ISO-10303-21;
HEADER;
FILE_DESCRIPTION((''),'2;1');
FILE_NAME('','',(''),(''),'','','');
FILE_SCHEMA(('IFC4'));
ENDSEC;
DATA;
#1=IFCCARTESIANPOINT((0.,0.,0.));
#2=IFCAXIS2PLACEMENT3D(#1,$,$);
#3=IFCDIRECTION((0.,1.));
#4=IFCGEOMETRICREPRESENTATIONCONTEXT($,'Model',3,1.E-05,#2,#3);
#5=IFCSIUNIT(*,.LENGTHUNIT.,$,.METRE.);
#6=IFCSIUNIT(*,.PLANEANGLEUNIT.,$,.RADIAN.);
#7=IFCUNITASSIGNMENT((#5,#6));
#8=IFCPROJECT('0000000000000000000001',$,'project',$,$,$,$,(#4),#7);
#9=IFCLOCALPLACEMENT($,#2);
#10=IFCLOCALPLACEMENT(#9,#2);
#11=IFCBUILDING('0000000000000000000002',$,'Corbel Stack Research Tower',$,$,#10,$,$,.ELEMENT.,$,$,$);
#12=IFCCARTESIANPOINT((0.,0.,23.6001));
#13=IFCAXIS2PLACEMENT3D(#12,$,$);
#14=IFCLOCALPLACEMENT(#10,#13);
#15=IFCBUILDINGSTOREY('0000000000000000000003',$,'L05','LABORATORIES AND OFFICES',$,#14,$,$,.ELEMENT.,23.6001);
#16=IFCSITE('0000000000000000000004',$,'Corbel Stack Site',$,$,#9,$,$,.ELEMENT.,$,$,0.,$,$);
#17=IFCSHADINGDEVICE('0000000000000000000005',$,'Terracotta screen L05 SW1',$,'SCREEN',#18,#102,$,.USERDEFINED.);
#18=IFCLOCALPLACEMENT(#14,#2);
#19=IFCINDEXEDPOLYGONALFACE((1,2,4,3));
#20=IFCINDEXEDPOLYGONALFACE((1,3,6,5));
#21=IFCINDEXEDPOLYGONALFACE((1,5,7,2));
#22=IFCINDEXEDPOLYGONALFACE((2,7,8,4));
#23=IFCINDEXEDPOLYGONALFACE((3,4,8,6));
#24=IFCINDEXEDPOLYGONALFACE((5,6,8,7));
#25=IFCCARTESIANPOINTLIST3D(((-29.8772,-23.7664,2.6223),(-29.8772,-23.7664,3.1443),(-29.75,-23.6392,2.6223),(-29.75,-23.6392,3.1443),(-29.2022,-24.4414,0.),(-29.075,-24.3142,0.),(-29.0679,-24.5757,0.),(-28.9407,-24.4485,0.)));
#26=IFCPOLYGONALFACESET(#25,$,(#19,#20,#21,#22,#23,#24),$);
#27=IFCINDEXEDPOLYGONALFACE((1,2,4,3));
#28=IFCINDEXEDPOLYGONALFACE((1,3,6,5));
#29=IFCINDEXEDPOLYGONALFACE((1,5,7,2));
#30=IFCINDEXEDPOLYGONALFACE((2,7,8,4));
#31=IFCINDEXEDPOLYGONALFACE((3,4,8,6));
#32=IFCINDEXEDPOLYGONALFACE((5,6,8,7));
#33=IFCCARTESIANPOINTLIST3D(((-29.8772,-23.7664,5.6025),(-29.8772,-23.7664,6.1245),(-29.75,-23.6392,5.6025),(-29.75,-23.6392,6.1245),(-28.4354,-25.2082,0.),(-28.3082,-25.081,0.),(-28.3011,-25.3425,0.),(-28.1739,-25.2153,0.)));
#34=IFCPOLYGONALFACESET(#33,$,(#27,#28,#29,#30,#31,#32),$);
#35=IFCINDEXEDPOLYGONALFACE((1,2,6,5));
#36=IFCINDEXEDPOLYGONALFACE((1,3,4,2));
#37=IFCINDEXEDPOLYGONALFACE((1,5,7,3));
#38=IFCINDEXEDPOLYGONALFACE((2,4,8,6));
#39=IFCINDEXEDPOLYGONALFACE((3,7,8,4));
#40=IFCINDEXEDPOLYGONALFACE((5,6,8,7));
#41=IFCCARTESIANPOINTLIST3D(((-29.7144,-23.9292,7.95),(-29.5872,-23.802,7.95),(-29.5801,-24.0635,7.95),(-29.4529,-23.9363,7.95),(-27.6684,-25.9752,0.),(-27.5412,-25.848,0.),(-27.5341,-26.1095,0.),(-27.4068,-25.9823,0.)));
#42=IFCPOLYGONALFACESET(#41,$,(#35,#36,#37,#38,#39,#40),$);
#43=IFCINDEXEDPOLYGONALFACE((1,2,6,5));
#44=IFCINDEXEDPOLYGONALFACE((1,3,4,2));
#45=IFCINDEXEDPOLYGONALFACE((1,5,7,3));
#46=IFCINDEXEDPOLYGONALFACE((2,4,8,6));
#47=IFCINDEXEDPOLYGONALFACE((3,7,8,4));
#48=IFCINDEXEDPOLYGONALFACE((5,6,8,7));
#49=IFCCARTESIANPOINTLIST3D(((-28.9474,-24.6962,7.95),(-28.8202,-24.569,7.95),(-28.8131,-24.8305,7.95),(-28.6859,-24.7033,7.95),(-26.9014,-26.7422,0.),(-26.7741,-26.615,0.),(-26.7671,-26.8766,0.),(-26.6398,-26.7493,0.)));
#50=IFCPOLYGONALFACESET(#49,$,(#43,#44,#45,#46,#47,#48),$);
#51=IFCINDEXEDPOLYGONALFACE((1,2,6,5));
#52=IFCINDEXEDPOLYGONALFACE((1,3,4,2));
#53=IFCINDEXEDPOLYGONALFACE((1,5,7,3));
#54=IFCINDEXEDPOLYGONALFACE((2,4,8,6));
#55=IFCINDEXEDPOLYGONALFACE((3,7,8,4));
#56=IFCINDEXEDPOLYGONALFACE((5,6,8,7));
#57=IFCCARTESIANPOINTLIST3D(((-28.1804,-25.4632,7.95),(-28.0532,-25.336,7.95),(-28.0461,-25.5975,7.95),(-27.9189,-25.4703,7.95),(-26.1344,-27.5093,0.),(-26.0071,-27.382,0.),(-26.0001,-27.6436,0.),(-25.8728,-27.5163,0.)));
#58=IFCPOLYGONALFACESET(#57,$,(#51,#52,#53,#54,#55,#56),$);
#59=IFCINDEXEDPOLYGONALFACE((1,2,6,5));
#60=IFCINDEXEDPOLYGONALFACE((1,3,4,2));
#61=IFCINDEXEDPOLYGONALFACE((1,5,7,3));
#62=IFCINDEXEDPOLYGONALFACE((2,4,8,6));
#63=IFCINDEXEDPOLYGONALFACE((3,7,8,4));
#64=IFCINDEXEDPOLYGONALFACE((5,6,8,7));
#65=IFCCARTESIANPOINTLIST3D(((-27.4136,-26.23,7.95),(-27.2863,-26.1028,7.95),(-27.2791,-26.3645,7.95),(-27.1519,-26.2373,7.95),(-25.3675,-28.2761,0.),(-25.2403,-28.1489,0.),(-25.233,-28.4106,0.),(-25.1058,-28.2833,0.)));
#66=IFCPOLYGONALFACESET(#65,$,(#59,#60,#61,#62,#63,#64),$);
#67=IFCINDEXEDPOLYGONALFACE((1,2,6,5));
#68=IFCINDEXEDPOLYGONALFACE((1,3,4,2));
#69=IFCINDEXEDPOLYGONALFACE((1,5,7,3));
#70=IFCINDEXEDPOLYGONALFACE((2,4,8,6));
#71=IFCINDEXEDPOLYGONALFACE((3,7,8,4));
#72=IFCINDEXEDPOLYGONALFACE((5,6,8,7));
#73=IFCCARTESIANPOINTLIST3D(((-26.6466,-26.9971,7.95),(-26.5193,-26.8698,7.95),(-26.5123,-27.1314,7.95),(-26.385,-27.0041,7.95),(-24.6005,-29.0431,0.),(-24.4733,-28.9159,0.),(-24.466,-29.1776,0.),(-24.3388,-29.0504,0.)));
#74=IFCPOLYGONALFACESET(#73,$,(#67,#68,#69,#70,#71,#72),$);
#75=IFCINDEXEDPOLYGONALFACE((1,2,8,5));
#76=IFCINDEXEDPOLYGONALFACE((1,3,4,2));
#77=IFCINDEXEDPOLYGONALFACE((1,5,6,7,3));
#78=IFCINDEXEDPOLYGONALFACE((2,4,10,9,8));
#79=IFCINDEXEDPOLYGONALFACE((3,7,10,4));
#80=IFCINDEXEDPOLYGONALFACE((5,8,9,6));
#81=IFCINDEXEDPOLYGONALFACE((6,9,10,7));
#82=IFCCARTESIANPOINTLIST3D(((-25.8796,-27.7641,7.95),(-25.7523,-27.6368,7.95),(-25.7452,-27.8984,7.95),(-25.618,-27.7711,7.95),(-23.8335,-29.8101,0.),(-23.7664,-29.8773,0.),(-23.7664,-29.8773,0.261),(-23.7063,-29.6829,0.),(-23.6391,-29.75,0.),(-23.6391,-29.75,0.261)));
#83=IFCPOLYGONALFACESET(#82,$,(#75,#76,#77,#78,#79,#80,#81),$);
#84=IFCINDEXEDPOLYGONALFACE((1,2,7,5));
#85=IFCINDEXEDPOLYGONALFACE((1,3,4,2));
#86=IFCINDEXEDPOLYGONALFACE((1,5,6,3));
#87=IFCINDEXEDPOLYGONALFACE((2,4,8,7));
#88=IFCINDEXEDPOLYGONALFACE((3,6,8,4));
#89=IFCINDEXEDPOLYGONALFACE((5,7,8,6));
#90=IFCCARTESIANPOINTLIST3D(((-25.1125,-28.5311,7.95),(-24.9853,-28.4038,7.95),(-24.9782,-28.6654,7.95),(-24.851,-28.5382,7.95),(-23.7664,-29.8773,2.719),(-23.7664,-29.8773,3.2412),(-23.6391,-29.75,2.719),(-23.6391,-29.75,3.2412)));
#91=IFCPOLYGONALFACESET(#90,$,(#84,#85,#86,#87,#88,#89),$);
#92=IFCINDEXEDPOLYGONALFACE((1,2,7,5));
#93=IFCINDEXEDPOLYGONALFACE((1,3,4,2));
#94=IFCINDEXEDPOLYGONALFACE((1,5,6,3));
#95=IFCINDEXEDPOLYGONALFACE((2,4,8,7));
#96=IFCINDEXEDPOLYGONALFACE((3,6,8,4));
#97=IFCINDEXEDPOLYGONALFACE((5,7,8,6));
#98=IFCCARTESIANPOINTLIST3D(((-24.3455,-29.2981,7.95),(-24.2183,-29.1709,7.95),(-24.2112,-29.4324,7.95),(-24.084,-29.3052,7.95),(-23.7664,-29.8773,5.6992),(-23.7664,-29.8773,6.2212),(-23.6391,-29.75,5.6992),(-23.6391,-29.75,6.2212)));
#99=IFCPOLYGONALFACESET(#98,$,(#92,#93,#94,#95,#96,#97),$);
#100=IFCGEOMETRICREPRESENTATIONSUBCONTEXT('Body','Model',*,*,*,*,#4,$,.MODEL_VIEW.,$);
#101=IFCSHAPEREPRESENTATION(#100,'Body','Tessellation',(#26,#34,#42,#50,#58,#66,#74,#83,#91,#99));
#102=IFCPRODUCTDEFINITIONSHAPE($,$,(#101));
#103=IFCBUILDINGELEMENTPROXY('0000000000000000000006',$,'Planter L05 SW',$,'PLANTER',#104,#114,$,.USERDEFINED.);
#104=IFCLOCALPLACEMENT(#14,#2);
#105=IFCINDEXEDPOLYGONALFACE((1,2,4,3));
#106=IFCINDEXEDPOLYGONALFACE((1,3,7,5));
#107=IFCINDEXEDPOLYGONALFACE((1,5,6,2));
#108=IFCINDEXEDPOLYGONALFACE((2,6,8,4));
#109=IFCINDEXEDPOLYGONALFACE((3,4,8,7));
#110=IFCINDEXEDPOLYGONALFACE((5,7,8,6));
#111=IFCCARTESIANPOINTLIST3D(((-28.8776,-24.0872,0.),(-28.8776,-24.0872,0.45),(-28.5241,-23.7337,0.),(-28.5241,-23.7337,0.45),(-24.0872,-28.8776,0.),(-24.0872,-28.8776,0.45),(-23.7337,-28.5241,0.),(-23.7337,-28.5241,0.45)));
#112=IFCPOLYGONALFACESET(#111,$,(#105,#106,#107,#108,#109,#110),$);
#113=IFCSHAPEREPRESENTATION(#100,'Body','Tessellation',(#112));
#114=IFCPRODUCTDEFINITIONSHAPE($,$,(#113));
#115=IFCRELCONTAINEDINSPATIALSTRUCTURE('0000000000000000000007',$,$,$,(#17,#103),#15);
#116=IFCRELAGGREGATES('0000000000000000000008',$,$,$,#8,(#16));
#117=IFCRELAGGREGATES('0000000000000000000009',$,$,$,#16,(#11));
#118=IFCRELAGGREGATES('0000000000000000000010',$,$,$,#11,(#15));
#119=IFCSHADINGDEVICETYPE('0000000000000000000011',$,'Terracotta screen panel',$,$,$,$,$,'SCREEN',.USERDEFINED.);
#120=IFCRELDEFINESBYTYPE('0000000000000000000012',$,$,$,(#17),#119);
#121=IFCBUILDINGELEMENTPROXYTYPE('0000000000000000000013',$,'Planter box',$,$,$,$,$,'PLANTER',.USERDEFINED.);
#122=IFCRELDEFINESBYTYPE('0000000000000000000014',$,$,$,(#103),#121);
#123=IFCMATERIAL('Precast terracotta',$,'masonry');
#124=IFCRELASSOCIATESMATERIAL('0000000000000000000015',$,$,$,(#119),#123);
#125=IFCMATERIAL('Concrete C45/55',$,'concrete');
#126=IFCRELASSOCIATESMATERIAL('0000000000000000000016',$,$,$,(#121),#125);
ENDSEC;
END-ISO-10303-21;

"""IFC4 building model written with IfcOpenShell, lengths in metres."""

from ifc_helpers import new_model, si_unit, direction, frame, origin, origin_2d, place, context, subcontext, project, spatial, polyline, rectangle, outline, extrude, source, transform, mapped, material, type_object, element, save


model = new_model("IFC4")

# Units and contexts
model_context = context("Model", 3, precision=1e-05, world=origin(), true_north=direction((0.0, 1.0)))
body_context = subcontext(model_context, "Body", "Model", "MODEL_VIEW")
ifc_project = project(units=[si_unit("LENGTHUNIT", "METRE"), si_unit("PLANEANGLEUNIT", "RADIAN")], contexts=[model_context])

# Site, building, storey
site_placement = place(None, origin())
site = spatial("IfcSite", under=ifc_project, at=site_placement, Name="Corbel Stack Site", CompositionType="ELEMENT", RefElevation=0.0)
building_placement = place(site_placement, origin())
building = spatial("IfcBuilding", under=site, at=building_placement, Name="Corbel Stack Research Tower", CompositionType="ELEMENT")
storey_placement = place(building_placement, frame((0.0, 0.0, 23.6001)))
storey = spatial("IfcBuildingStorey", under=building, at=storey_placement, Name="L05", Description="LABORATORIES AND OFFICES", CompositionType="ELEMENT", Elevation=23.6001)

# Shading device
ifc_material_1 = material(Name="Precast terracotta", Category="masonry")
shading_device_type = type_object("IfcShadingDeviceType", Name="Terracotta screen panel", ElementType="SCREEN", PredefinedType="USERDEFINED", material=ifc_material_1)
shared_shape_1 = source(origin(), body_context, "Body", "SweptSolid", [
    extrude(outline(polyline([(1.1445, 0.0), (0.0, 3.1443), (0.0, 2.6223), (0.9546, 0.0), (1.1445, 0.0)])), frame((0.0, 0.0, 0.0), z_axis=(0.0, -1.0, 0.0), x_axis=(1.0, 0.0, 0.0)), (0.0, 0.0, 1.0), 0.1799),
    extrude(outline(polyline([(2.229, 0.0), (0.0, 6.1245), (0.0, 5.6025), (2.0391, 0.0), (2.229, 0.0)])), frame((0.0, 0.0, 0.0), z_axis=(0.0, -1.0, 0.0), x_axis=(1.0, 0.0, 0.0)), (0.0, 0.0, 1.0), 0.1799),
    extrude(outline(polyline([(3.3137, 0.0), (0.4202, 7.95), (0.2302, 7.95), (3.1238, 0.0), (3.3137, 0.0)])), frame((0.0, 0.0, 0.0), z_axis=(0.0, -1.0, 0.0), x_axis=(1.0, 0.0, 0.0)), (0.0, 0.0, 1.0), 0.1799),
    extrude(outline(polyline([(4.3984, 0.0), (1.5049, 7.95), (1.3149, 7.95), (4.2085, 0.0), (4.3984, 0.0)])), frame((0.0, 0.0, 0.0), z_axis=(0.0, -1.0, 0.0), x_axis=(1.0, 0.0, 0.0)), (0.0, 0.0, 1.0), 0.1799),
    extrude(outline(polyline([(5.4832, 0.0), (2.5896, 7.95), (2.3997, 7.95), (5.2932, 0.0), (5.4832, 0.0)])), frame((0.0, 0.0, 0.0), z_axis=(0.0, -1.0, 0.0), x_axis=(1.0, 0.0, 0.0)), (0.0, 0.0, 1.0), 0.1799),
    extrude(outline(polyline([(6.5679, 0.0), (3.6743, 7.95), (3.4841, 7.95), (6.3777, 0.0), (6.5679, 0.0)])), frame((0.0, 0.0, 0.0), z_axis=(0.0, -1.0, 0.0), x_axis=(1.0, 0.0, 0.0)), (0.0, 0.0, 1.0), 0.1799),
    extrude(outline(polyline([(7.6526, 0.0), (4.7588, 7.95), (4.5688, 7.95), (7.4624, 0.0), (7.6526, 0.0)])), frame((0.0, 0.0, 0.0), z_axis=(0.0, -1.0, 0.0), x_axis=(1.0, 0.0, 0.0)), (0.0, 0.0, 1.0), 0.1799),
    extrude(outline(polyline([(8.6421, 0.0), (8.6421, 0.261), (5.8435, 7.95), (5.6536, 7.95), (8.5471, 0.0), (8.6421, 0.0)])), frame((0.0, 0.0, 0.0), z_axis=(0.0, -1.0, 0.0), x_axis=(1.0, 0.0, 0.0)), (0.0, 0.0, 1.0), 0.1799),
    extrude(outline(polyline([(6.9282, 7.95), (6.7383, 7.95), (8.6421, 2.719), (8.6421, 3.2412), (6.9282, 7.95)])), frame((0.0, 0.0, 0.0), z_axis=(0.0, -1.0, 0.0), x_axis=(1.0, 0.0, 0.0)), (0.0, 0.0, 1.0), 0.1799),
    extrude(outline(polyline([(8.0129, 7.95), (7.823, 7.95), (8.6421, 5.6992), (8.6421, 6.2212), (8.0129, 7.95)])), frame((0.0, 0.0, 0.0), z_axis=(0.0, -1.0, 0.0), x_axis=(1.0, 0.0, 0.0)), (0.0, 0.0, 1.0), 0.1799),
])
shading_device_1_placement = place(storey_placement, frame((-29.75, -23.6392, 0.0), z_axis=(0.0, 0.0, 1.0), x_axis=(0.707107, -0.707107, 0.0)))
element("IfcShadingDevice", 1, at=shading_device_1_placement, inside=storey, type_object=shading_device_type, Name="Terracotta screen L05 SW1", ObjectType="SCREEN", PredefinedType="USERDEFINED", context=body_context, shape_type="MappedRepresentation", body=[
    mapped(shared_shape_1, transform((0.0, 0.0, 0.0))),
])

# Building element proxy
ifc_material_2 = material(Name="Concrete C45/55", Category="concrete")
building_element_proxy_type = type_object("IfcBuildingElementProxyType", Name="Planter box", ElementType="PLANTER", PredefinedType="USERDEFINED", material=ifc_material_2)
proxy_placement = place(storey_placement, frame((-26.3057, -26.3057, 0.0), z_axis=(0.0, 0.0, 1.0), x_axis=(0.707107, -0.707107, 0.0)))
element("IfcBuildingElementProxy", 2, at=proxy_placement, inside=storey, type_object=building_element_proxy_type, Name="Planter L05 SW", ObjectType="PLANTER", PredefinedType="USERDEFINED", context=body_context, shape_type="SweptSolid", body=[
    extrude(rectangle(XDim=6.7747, YDim=0.5, at=origin_2d()), origin(), (0.0, 0.0, 1.0), 0.45),
])

save(model, "model.ifc")
